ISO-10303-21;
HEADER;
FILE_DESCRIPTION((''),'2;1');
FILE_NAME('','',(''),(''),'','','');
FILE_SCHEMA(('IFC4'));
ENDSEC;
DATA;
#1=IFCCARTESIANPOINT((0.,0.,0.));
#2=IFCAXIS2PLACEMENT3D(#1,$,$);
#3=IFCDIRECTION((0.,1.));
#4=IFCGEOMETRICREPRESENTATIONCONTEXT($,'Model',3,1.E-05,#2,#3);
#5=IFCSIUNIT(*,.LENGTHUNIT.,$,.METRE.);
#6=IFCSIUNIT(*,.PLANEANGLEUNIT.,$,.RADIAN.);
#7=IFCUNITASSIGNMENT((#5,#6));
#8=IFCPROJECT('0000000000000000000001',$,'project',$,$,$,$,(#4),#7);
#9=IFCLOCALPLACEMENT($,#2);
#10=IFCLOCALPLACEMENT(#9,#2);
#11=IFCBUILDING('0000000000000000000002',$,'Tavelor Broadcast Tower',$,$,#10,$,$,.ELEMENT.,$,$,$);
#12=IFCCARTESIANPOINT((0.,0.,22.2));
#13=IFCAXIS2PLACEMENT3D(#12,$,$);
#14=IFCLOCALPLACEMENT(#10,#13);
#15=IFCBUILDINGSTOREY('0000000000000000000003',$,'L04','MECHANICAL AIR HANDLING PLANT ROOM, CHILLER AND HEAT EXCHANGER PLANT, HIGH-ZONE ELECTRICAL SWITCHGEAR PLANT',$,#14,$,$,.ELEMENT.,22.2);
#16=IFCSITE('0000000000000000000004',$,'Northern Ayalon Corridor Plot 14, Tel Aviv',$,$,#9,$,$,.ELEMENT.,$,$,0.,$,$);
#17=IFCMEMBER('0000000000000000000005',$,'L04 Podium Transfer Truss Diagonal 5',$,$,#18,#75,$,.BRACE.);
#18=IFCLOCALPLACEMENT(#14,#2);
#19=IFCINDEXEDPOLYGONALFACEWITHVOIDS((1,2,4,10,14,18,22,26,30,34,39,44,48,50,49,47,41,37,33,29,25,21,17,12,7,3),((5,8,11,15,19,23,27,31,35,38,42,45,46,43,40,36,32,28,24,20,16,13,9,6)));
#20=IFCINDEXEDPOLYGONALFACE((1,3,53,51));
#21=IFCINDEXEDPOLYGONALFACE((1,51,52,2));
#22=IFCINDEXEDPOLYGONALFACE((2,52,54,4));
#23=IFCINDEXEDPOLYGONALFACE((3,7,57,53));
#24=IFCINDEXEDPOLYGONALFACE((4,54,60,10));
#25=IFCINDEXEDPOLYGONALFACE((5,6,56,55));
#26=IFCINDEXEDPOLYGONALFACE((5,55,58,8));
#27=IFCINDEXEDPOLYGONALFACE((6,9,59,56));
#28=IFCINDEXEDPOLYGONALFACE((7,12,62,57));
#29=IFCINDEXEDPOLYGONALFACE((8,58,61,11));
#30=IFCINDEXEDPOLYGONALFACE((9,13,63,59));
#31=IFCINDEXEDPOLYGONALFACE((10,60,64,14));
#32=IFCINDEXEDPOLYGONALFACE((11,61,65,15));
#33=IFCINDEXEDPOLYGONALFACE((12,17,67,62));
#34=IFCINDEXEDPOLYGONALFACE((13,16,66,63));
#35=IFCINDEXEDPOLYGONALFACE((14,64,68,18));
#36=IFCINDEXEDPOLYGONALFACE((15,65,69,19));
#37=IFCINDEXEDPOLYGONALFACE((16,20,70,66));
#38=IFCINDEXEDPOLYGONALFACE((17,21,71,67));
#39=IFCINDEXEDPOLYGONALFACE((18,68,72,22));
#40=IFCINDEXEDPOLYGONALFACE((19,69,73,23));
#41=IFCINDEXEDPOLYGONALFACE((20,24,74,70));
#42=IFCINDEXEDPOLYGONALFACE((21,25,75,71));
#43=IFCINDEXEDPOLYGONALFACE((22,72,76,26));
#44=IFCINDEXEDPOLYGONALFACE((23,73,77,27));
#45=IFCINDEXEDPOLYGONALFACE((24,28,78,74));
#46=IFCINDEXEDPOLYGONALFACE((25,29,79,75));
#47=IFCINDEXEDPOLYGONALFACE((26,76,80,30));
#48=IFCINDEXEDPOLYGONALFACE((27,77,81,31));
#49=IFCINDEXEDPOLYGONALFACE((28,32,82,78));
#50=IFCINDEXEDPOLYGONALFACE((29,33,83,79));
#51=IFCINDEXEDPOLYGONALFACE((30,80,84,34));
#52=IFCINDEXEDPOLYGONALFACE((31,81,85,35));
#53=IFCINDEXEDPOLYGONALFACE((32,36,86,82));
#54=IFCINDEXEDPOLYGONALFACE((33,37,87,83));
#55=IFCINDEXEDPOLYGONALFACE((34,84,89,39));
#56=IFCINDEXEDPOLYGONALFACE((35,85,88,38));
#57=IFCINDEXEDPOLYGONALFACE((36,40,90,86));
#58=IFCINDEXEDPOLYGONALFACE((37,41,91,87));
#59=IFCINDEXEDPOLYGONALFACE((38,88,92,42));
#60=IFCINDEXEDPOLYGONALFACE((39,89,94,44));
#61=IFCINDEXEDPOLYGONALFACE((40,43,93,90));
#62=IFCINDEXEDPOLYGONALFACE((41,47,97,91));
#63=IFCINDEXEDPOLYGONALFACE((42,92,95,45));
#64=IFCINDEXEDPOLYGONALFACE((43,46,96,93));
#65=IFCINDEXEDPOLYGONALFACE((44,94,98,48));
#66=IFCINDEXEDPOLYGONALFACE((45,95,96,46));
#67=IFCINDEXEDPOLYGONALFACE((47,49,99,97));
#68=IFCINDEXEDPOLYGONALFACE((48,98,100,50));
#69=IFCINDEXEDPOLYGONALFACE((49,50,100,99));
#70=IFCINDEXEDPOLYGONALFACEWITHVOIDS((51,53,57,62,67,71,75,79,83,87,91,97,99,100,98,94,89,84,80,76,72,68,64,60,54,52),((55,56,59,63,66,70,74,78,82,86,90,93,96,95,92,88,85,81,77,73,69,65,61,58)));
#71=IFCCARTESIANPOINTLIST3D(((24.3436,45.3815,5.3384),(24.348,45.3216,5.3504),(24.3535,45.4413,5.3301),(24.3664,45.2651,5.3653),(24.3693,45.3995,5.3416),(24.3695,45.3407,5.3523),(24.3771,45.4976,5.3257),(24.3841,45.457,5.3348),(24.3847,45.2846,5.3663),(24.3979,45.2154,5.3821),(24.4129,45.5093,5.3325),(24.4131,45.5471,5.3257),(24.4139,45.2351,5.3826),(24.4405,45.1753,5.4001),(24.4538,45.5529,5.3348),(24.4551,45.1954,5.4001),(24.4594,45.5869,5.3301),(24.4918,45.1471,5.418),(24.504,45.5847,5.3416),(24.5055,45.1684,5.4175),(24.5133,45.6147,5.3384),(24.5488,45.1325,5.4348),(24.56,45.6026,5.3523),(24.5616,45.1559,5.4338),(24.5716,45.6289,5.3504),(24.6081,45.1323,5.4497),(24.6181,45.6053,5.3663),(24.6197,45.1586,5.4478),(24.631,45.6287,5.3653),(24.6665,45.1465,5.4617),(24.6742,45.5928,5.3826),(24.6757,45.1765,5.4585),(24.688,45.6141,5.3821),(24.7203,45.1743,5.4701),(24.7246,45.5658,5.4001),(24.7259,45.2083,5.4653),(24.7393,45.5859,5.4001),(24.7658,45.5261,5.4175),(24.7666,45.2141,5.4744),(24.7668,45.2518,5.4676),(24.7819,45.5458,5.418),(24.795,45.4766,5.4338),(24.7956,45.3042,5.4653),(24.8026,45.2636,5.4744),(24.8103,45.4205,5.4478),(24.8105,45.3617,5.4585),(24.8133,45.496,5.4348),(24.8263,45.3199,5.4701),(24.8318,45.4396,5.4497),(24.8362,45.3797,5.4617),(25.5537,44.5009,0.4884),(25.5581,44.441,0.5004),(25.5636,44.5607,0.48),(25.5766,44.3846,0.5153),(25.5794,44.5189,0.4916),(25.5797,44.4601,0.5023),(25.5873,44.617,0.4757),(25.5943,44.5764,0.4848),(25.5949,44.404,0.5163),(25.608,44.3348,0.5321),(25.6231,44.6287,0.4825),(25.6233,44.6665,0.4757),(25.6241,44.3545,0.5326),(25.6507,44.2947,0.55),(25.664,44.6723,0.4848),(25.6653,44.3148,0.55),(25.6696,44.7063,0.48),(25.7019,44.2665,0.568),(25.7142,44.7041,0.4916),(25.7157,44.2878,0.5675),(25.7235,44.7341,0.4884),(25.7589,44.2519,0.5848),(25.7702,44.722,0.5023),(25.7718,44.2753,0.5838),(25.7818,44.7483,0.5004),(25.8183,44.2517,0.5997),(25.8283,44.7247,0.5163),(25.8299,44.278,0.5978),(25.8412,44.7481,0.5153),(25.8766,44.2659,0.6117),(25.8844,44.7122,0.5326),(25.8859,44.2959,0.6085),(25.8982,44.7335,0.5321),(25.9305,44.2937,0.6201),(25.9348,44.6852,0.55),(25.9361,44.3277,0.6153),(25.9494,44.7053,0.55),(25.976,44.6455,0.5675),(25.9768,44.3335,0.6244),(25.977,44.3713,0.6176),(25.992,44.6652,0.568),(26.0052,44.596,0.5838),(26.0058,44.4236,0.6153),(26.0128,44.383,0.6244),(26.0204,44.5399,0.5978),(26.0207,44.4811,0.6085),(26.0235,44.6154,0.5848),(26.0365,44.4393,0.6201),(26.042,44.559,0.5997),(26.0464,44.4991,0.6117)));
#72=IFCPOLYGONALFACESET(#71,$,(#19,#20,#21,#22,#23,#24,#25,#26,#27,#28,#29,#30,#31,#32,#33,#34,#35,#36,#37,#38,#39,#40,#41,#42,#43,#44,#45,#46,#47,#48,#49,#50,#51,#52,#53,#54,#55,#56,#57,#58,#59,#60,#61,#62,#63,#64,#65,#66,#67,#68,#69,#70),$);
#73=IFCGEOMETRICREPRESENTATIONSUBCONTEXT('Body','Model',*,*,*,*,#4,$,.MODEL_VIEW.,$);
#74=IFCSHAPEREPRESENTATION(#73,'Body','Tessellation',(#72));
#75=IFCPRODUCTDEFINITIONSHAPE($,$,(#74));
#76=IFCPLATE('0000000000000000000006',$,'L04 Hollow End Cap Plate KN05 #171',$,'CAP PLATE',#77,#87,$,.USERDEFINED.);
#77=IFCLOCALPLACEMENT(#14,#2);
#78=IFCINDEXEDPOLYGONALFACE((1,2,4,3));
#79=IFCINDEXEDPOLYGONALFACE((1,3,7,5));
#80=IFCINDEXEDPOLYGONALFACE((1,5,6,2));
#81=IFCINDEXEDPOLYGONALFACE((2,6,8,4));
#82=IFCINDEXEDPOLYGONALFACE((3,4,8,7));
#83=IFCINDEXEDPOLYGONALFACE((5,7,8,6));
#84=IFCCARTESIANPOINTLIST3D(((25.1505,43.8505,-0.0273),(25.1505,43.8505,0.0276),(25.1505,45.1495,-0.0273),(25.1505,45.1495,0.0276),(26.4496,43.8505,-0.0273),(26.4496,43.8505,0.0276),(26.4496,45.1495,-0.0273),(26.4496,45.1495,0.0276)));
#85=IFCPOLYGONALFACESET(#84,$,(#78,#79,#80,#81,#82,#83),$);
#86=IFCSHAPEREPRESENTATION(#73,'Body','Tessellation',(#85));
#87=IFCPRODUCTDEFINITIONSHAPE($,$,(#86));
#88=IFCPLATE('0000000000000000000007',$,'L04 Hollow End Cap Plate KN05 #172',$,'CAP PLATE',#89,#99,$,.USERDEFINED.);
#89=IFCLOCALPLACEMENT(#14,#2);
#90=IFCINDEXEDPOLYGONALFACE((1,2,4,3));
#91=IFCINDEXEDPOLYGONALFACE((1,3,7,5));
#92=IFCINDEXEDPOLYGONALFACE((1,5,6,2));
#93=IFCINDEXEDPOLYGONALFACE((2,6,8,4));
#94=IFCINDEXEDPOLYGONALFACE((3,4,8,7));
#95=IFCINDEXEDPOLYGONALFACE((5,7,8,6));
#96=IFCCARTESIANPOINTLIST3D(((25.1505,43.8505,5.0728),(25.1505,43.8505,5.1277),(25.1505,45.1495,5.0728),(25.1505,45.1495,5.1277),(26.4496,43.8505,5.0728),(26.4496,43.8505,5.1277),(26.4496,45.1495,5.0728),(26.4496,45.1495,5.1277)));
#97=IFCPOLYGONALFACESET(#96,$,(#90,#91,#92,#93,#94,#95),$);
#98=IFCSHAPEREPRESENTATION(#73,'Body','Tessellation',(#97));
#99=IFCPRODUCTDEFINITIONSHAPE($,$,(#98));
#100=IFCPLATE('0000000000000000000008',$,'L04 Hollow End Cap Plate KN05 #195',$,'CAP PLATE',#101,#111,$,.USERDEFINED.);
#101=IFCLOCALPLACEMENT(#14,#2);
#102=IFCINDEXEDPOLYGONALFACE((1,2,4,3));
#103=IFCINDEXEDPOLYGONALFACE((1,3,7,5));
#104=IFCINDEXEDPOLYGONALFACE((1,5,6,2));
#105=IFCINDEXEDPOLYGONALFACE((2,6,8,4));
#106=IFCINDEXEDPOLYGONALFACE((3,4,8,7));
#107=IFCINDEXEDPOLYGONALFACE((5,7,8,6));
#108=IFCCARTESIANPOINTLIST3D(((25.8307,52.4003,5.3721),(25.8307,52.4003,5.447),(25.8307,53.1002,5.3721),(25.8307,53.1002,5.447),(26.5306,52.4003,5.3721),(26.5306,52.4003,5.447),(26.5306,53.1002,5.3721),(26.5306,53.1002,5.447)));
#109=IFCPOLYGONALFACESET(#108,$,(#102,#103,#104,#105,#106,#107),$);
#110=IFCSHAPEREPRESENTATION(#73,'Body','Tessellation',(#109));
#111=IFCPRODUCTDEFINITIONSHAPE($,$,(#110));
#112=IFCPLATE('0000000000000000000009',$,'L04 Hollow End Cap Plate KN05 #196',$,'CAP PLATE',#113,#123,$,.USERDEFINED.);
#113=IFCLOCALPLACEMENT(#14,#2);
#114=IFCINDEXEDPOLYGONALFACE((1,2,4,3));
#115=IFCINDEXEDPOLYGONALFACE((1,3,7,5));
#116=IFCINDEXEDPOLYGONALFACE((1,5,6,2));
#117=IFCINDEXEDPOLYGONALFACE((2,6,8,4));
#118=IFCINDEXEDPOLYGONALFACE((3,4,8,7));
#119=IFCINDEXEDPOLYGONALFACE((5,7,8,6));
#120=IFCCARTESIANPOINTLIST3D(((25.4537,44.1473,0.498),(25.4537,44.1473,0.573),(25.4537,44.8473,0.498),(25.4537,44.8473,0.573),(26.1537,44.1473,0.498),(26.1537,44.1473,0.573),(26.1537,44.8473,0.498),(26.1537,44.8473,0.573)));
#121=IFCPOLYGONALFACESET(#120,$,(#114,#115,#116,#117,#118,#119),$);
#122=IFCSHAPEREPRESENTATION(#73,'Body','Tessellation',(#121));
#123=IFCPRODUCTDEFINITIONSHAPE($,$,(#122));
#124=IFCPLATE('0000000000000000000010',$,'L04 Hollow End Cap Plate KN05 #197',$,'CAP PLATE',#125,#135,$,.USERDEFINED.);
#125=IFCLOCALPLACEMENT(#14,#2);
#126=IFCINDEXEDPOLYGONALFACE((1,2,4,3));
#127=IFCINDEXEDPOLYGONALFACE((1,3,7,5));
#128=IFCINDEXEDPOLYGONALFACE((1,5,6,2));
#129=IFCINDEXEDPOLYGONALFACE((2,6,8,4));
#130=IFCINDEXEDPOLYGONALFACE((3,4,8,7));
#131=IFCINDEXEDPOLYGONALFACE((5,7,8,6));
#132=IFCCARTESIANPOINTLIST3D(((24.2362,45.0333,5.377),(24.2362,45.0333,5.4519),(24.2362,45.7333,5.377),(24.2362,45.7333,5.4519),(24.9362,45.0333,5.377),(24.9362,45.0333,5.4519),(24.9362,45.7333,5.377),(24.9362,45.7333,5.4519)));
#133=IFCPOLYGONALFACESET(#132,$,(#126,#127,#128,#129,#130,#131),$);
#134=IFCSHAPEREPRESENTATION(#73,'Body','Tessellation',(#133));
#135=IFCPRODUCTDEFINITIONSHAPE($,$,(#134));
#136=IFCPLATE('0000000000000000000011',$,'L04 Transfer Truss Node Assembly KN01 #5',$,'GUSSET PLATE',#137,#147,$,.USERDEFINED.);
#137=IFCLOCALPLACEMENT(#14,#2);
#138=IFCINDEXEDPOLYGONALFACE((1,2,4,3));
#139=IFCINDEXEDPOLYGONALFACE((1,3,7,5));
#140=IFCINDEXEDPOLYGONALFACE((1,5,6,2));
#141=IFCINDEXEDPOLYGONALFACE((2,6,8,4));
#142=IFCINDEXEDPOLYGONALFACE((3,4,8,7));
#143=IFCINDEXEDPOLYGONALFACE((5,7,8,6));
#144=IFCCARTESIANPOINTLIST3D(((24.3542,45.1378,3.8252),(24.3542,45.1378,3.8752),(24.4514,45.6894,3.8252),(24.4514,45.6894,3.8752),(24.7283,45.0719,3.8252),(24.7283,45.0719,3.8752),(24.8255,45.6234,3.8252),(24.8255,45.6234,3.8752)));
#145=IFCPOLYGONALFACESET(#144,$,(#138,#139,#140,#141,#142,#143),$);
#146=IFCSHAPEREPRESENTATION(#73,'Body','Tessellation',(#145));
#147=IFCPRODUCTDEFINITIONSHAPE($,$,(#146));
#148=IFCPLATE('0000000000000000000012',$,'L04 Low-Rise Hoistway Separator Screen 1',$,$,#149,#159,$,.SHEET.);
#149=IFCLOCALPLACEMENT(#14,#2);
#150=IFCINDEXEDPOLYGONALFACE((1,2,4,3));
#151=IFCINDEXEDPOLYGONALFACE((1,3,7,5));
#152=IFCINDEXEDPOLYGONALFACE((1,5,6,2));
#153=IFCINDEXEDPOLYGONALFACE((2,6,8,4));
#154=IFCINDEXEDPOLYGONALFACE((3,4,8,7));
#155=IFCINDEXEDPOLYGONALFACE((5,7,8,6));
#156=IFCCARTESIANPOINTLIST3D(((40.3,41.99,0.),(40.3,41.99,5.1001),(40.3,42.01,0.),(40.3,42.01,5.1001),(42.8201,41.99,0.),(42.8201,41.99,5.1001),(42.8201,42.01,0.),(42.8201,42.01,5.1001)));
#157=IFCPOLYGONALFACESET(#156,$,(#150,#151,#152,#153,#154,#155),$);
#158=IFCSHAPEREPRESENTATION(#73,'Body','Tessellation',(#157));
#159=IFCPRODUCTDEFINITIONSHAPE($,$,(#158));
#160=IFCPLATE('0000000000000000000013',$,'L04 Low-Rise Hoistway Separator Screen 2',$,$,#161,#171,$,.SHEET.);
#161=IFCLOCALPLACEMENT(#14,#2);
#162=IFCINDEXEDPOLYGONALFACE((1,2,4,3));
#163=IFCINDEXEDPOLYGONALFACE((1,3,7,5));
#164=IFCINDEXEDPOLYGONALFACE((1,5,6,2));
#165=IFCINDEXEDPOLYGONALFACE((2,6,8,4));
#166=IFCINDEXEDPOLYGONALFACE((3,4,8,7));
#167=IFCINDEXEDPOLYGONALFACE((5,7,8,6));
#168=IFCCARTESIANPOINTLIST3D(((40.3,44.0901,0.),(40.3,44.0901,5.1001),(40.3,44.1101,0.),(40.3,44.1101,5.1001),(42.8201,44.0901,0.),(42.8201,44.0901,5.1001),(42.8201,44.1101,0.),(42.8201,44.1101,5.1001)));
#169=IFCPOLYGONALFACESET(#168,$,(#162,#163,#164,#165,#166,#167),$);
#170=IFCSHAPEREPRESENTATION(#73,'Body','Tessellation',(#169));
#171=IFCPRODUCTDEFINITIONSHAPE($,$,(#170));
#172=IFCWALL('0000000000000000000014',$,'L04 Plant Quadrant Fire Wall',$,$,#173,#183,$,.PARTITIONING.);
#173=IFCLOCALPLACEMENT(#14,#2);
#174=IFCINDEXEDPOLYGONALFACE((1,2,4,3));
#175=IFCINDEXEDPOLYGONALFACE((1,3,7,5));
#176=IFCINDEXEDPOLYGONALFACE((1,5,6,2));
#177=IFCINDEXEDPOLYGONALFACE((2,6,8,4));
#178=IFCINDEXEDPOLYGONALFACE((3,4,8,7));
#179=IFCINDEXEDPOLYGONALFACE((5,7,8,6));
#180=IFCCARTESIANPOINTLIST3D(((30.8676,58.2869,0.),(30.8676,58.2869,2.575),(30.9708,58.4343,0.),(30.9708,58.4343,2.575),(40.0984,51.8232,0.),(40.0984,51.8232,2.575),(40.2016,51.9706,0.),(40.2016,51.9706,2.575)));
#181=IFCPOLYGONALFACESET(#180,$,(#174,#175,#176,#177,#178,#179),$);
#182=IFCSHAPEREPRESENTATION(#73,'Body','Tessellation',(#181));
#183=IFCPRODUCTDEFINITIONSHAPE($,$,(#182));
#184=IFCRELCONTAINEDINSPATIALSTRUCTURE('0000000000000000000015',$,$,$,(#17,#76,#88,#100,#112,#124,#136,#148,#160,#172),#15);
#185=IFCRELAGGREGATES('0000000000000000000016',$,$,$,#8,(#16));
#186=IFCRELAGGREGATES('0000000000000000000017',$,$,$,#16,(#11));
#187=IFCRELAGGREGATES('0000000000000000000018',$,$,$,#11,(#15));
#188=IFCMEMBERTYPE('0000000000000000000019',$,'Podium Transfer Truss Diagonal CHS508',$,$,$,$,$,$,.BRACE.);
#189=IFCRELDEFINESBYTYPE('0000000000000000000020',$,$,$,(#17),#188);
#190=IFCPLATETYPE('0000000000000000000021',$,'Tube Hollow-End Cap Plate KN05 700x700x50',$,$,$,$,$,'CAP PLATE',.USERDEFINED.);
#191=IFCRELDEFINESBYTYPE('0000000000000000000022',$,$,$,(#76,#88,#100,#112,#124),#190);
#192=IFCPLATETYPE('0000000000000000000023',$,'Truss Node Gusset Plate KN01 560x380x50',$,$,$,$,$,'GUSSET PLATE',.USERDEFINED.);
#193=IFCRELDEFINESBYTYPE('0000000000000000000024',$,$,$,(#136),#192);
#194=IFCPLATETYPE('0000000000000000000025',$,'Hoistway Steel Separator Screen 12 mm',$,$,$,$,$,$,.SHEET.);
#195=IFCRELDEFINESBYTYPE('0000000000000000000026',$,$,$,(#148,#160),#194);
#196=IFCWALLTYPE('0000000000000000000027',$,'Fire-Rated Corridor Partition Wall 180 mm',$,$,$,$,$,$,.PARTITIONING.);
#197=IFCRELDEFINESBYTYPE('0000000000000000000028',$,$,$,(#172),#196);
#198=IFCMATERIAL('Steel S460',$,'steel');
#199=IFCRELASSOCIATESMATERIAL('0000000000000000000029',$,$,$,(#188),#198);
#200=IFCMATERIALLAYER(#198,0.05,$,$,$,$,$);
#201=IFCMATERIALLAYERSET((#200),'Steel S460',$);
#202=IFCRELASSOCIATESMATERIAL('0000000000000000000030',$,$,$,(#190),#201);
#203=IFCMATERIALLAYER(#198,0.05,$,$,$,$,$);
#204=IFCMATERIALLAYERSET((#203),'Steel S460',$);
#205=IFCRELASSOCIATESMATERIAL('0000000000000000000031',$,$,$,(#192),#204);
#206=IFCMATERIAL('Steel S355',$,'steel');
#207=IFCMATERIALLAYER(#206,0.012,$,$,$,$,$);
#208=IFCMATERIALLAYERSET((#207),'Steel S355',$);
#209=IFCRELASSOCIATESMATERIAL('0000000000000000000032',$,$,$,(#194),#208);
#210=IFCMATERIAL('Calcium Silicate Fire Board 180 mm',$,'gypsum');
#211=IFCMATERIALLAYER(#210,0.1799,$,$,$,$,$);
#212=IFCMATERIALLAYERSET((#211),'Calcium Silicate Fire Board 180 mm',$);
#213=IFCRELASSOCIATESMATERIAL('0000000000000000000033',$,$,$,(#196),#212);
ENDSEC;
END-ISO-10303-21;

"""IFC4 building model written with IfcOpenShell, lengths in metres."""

from ifc_helpers import new_model, si_unit, direction, frame, frame_2d, origin, origin_2d, place, context, subcontext, project, spatial, rectangle, hollow_circle, extrude, source, transform, mapped, material, layer, layer_set, material_profile, profile_set, type_object, type_shapes, element, save


model = new_model("IFC4")

# Units and contexts
model_context = context("Model", 3, precision=1e-05, world=origin(), true_north=direction((0.0, 1.0)))
body_context = subcontext(model_context, "Body", "Model", "MODEL_VIEW")
ifc_project = project(units=[si_unit("LENGTHUNIT", "METRE"), si_unit("PLANEANGLEUNIT", "RADIAN")], contexts=[model_context])

# Site, building, storey
site_placement = place(None, origin())
site = spatial("IfcSite", under=ifc_project, at=site_placement, Name="Northern Ayalon Corridor Plot 14, Tel Aviv", CompositionType="ELEMENT", RefElevation=0.0)
building_placement = place(site_placement, origin())
building = spatial("IfcBuilding", under=site, at=building_placement, Name="Tavelor Broadcast Tower", CompositionType="ELEMENT")
storey_placement = place(building_placement, frame((0.0, 0.0, 22.2)))
storey = spatial("IfcBuildingStorey", under=building, at=storey_placement, Name="L04", Description="MECHANICAL AIR HANDLING PLANT ROOM, CHILLER AND HEAT EXCHANGER PLANT, HIGH-ZONE ELECTRICAL SWITCHGEAR PLANT", CompositionType="ELEMENT", Elevation=22.2)

# Shared definitions
ifc_material_1 = material(Name="Steel S460", Category="steel")

# Member
ifc_material_profile_1 = material_profile(ifc_material_1, hollow_circle(Radius=0.2539, WallThickness=0.0249, at=origin_2d()), Name="CHS 508x25")
ifc_profile_set_1 = profile_set([ifc_material_profile_1], Name="Steel S460")
member_type = type_object("IfcMemberType", Name="Podium Transfer Truss Diagonal CHS508", PredefinedType="BRACE", material=ifc_profile_set_1)
member_placement = place(storey_placement, frame((25.8, 44.5, 0.55), z_axis=(-0.238427, 0.173494, 0.955538), x_axis=(-0.588375, -0.808588, 0.0)))
element("IfcMember", 1, at=member_placement, inside=storey, type_object=member_type, Name="L04 Podium Transfer Truss Diagonal 5", PredefinedType="BRACE", context=body_context, shape_type="SweptSolid", body=[
    extrude(hollow_circle(Radius=0.2539, WallThickness=0.0249, at=origin_2d()), origin(), (0.0, 0.0, 1.0), 5.0757),
])

# Plates
ifc_layer_1 = layer(ifc_material_1, 0.05)
ifc_layer_set_1 = layer_set([ifc_layer_1], Name="Steel S460")
plate_type_1 = type_object("IfcPlateType", Name="Tube Hollow-End Cap Plate KN05 700x700x50", ElementType="CAP PLATE", PredefinedType="USERDEFINED", material=ifc_layer_set_1)
shared_shape_1 = source(origin(), body_context, "Body", "SweptSolid", [
    extrude(rectangle(XDim=1.2991, YDim=1.2991, at=origin_2d()), origin(), (0.0, 0.0, 1.0), 0.0549),
])
for number, where, z_axis, x_axis, name in (
    (2, (25.8, 44.5, -0.0273), (0.0, 0.0, 1.0), (1.0, 0.0, 0.0), "L04 Hollow End Cap Plate KN05 #171"),
    (3, (25.8, 44.5, 5.0728), (0.0, 0.0, 1.0), (1.0, 0.0, 0.0), "L04 Hollow End Cap Plate KN05 #172"),
):
    element("IfcPlate", number, at=place(storey_placement, frame(where, z_axis=z_axis, x_axis=x_axis)), inside=storey, type_object=plate_type_1, Name=name, ObjectType="CAP PLATE", PredefinedType="USERDEFINED", context=body_context, shape_type="MappedRepresentation", body=[
        mapped(shared_shape_1, transform((0.0, 0.0, 0.0), scale=1.0)),
    ])
shared_shape_2 = source(origin(), body_context, "Body", "SweptSolid", [
    extrude(rectangle(XDim=0.7, YDim=0.7, at=origin_2d()), origin(), (0.0, 0.0, 1.0), 0.075),
])
type_shapes(plate_type_1, [shared_shape_1, shared_shape_2])
for number, where, z_axis, x_axis, name in (
    (4, (26.1807, 52.7502, 5.3721), (0.0, 0.0, 1.0), (1.0, 0.0, 0.0), "L04 Hollow End Cap Plate KN05 #195"),
    (5, (25.8037, 44.4973, 0.498), (0.0, 0.0, 1.0), (1.0, 0.0, 0.0), "L04 Hollow End Cap Plate KN05 #196"),
    (6, (24.5862, 45.3833, 5.377), (0.0, 0.0, 1.0), (1.0, 0.0, 0.0), "L04 Hollow End Cap Plate KN05 #197"),
):
    element("IfcPlate", number, at=place(storey_placement, frame(where, z_axis=z_axis, x_axis=x_axis)), inside=storey, type_object=plate_type_1, Name=name, ObjectType="CAP PLATE", PredefinedType="USERDEFINED", context=body_context, shape_type="MappedRepresentation", body=[
        mapped(shared_shape_2, transform((0.0, 0.0, 0.0), scale=1.0)),
    ])
ifc_layer_2 = layer(ifc_material_1, 0.05)
ifc_layer_set_2 = layer_set([ifc_layer_2], Name="Steel S460")
plate_type_2 = type_object("IfcPlateType", Name="Truss Node Gusset Plate KN01 560x380x50", ElementType="GUSSET PLATE", PredefinedType="USERDEFINED", material=ifc_layer_set_2)
shared_shape_3 = source(origin(), body_context, "Body", "SweptSolid", [
    extrude(rectangle(XDim=0.5601, YDim=0.3799, at=origin_2d()), origin(), (0.0, 0.0, 1.0), 0.05),
])
type_shapes(plate_type_2, [shared_shape_3])
plate_placement = place(storey_placement, frame((24.5898, 45.3806, 3.8252), z_axis=(0.0, 0.0, 1.0), x_axis=(0.173648, 0.984808, 0.0)))
element("IfcPlate", 7, at=plate_placement, inside=storey, type_object=plate_type_2, Name="L04 Transfer Truss Node Assembly KN01 #5", ObjectType="GUSSET PLATE", PredefinedType="USERDEFINED", context=body_context, shape_type="MappedRepresentation", body=[
    mapped(shared_shape_3, transform((0.0, 0.0, 0.0), scale=1.0)),
])
ifc_material_2 = material(Name="Steel S355", Category="steel")
ifc_layer_3 = layer(ifc_material_2, 0.012)
ifc_layer_set_3 = layer_set([ifc_layer_3], Name="Steel S355")
plate_type_3 = type_object("IfcPlateType", Name="Hoistway Steel Separator Screen 12 mm", PredefinedType="SHEET", material=ifc_layer_set_3)
shared_shape_4 = source(origin(), body_context, "Body", "SweptSolid", [
    extrude(rectangle(XDim=2.52, YDim=0.02, at=origin_2d()), origin(), (0.0, 0.0, 1.0), 5.1001),
])
type_shapes(plate_type_3, [shared_shape_4])
for number, where, z_axis, x_axis, name in (
    (8, (41.5601, 42.0, 0.0), (0.0, 0.0, 1.0), (1.0, 0.0, 0.0), "L04 Low-Rise Hoistway Separator Screen 1"),
    (9, (41.5601, 44.1001, 0.0), (0.0, 0.0, 1.0), (1.0, 0.0, 0.0), "L04 Low-Rise Hoistway Separator Screen 2"),
):
    element("IfcPlate", number, at=place(storey_placement, frame(where, z_axis=z_axis, x_axis=x_axis)), inside=storey, type_object=plate_type_3, Name=name, PredefinedType="SHEET", context=body_context, shape_type="MappedRepresentation", body=[
        mapped(shared_shape_4, transform((0.0, 0.0, 0.0), scale=1.0)),
    ])

# Wall
ifc_material_3 = material(Name="Calcium Silicate Fire Board 180 mm", Category="gypsum")
ifc_layer_4 = layer(ifc_material_3, 0.1799)
ifc_layer_set_4 = layer_set([ifc_layer_4], Name="Calcium Silicate Fire Board 180 mm")
wall_type_1 = type_object("IfcWallType", Name="Fire-Rated Corridor Partition Wall 180 mm", PredefinedType="PARTITIONING", material=ifc_layer_set_4)
wall_1_placement = place(storey_placement, frame((40.1499, 51.897, 0.0), z_axis=(0.0, 0.0, 1.0), x_axis=(-0.819143, 0.573589, 0.0)))
element("IfcWall", 10, at=wall_1_placement, inside=storey, type_object=wall_type_1, Name="L04 Plant Quadrant Fire Wall", PredefinedType="PARTITIONING", context=body_context, shape_type="SweptSolid", body=[
    extrude(rectangle(XDim=11.2688, YDim=0.1799, at=frame_2d((5.6343, 0.0))), origin(), (0.0, 0.0, 1.0), 2.575),
])

save(model, "model.ifc")
